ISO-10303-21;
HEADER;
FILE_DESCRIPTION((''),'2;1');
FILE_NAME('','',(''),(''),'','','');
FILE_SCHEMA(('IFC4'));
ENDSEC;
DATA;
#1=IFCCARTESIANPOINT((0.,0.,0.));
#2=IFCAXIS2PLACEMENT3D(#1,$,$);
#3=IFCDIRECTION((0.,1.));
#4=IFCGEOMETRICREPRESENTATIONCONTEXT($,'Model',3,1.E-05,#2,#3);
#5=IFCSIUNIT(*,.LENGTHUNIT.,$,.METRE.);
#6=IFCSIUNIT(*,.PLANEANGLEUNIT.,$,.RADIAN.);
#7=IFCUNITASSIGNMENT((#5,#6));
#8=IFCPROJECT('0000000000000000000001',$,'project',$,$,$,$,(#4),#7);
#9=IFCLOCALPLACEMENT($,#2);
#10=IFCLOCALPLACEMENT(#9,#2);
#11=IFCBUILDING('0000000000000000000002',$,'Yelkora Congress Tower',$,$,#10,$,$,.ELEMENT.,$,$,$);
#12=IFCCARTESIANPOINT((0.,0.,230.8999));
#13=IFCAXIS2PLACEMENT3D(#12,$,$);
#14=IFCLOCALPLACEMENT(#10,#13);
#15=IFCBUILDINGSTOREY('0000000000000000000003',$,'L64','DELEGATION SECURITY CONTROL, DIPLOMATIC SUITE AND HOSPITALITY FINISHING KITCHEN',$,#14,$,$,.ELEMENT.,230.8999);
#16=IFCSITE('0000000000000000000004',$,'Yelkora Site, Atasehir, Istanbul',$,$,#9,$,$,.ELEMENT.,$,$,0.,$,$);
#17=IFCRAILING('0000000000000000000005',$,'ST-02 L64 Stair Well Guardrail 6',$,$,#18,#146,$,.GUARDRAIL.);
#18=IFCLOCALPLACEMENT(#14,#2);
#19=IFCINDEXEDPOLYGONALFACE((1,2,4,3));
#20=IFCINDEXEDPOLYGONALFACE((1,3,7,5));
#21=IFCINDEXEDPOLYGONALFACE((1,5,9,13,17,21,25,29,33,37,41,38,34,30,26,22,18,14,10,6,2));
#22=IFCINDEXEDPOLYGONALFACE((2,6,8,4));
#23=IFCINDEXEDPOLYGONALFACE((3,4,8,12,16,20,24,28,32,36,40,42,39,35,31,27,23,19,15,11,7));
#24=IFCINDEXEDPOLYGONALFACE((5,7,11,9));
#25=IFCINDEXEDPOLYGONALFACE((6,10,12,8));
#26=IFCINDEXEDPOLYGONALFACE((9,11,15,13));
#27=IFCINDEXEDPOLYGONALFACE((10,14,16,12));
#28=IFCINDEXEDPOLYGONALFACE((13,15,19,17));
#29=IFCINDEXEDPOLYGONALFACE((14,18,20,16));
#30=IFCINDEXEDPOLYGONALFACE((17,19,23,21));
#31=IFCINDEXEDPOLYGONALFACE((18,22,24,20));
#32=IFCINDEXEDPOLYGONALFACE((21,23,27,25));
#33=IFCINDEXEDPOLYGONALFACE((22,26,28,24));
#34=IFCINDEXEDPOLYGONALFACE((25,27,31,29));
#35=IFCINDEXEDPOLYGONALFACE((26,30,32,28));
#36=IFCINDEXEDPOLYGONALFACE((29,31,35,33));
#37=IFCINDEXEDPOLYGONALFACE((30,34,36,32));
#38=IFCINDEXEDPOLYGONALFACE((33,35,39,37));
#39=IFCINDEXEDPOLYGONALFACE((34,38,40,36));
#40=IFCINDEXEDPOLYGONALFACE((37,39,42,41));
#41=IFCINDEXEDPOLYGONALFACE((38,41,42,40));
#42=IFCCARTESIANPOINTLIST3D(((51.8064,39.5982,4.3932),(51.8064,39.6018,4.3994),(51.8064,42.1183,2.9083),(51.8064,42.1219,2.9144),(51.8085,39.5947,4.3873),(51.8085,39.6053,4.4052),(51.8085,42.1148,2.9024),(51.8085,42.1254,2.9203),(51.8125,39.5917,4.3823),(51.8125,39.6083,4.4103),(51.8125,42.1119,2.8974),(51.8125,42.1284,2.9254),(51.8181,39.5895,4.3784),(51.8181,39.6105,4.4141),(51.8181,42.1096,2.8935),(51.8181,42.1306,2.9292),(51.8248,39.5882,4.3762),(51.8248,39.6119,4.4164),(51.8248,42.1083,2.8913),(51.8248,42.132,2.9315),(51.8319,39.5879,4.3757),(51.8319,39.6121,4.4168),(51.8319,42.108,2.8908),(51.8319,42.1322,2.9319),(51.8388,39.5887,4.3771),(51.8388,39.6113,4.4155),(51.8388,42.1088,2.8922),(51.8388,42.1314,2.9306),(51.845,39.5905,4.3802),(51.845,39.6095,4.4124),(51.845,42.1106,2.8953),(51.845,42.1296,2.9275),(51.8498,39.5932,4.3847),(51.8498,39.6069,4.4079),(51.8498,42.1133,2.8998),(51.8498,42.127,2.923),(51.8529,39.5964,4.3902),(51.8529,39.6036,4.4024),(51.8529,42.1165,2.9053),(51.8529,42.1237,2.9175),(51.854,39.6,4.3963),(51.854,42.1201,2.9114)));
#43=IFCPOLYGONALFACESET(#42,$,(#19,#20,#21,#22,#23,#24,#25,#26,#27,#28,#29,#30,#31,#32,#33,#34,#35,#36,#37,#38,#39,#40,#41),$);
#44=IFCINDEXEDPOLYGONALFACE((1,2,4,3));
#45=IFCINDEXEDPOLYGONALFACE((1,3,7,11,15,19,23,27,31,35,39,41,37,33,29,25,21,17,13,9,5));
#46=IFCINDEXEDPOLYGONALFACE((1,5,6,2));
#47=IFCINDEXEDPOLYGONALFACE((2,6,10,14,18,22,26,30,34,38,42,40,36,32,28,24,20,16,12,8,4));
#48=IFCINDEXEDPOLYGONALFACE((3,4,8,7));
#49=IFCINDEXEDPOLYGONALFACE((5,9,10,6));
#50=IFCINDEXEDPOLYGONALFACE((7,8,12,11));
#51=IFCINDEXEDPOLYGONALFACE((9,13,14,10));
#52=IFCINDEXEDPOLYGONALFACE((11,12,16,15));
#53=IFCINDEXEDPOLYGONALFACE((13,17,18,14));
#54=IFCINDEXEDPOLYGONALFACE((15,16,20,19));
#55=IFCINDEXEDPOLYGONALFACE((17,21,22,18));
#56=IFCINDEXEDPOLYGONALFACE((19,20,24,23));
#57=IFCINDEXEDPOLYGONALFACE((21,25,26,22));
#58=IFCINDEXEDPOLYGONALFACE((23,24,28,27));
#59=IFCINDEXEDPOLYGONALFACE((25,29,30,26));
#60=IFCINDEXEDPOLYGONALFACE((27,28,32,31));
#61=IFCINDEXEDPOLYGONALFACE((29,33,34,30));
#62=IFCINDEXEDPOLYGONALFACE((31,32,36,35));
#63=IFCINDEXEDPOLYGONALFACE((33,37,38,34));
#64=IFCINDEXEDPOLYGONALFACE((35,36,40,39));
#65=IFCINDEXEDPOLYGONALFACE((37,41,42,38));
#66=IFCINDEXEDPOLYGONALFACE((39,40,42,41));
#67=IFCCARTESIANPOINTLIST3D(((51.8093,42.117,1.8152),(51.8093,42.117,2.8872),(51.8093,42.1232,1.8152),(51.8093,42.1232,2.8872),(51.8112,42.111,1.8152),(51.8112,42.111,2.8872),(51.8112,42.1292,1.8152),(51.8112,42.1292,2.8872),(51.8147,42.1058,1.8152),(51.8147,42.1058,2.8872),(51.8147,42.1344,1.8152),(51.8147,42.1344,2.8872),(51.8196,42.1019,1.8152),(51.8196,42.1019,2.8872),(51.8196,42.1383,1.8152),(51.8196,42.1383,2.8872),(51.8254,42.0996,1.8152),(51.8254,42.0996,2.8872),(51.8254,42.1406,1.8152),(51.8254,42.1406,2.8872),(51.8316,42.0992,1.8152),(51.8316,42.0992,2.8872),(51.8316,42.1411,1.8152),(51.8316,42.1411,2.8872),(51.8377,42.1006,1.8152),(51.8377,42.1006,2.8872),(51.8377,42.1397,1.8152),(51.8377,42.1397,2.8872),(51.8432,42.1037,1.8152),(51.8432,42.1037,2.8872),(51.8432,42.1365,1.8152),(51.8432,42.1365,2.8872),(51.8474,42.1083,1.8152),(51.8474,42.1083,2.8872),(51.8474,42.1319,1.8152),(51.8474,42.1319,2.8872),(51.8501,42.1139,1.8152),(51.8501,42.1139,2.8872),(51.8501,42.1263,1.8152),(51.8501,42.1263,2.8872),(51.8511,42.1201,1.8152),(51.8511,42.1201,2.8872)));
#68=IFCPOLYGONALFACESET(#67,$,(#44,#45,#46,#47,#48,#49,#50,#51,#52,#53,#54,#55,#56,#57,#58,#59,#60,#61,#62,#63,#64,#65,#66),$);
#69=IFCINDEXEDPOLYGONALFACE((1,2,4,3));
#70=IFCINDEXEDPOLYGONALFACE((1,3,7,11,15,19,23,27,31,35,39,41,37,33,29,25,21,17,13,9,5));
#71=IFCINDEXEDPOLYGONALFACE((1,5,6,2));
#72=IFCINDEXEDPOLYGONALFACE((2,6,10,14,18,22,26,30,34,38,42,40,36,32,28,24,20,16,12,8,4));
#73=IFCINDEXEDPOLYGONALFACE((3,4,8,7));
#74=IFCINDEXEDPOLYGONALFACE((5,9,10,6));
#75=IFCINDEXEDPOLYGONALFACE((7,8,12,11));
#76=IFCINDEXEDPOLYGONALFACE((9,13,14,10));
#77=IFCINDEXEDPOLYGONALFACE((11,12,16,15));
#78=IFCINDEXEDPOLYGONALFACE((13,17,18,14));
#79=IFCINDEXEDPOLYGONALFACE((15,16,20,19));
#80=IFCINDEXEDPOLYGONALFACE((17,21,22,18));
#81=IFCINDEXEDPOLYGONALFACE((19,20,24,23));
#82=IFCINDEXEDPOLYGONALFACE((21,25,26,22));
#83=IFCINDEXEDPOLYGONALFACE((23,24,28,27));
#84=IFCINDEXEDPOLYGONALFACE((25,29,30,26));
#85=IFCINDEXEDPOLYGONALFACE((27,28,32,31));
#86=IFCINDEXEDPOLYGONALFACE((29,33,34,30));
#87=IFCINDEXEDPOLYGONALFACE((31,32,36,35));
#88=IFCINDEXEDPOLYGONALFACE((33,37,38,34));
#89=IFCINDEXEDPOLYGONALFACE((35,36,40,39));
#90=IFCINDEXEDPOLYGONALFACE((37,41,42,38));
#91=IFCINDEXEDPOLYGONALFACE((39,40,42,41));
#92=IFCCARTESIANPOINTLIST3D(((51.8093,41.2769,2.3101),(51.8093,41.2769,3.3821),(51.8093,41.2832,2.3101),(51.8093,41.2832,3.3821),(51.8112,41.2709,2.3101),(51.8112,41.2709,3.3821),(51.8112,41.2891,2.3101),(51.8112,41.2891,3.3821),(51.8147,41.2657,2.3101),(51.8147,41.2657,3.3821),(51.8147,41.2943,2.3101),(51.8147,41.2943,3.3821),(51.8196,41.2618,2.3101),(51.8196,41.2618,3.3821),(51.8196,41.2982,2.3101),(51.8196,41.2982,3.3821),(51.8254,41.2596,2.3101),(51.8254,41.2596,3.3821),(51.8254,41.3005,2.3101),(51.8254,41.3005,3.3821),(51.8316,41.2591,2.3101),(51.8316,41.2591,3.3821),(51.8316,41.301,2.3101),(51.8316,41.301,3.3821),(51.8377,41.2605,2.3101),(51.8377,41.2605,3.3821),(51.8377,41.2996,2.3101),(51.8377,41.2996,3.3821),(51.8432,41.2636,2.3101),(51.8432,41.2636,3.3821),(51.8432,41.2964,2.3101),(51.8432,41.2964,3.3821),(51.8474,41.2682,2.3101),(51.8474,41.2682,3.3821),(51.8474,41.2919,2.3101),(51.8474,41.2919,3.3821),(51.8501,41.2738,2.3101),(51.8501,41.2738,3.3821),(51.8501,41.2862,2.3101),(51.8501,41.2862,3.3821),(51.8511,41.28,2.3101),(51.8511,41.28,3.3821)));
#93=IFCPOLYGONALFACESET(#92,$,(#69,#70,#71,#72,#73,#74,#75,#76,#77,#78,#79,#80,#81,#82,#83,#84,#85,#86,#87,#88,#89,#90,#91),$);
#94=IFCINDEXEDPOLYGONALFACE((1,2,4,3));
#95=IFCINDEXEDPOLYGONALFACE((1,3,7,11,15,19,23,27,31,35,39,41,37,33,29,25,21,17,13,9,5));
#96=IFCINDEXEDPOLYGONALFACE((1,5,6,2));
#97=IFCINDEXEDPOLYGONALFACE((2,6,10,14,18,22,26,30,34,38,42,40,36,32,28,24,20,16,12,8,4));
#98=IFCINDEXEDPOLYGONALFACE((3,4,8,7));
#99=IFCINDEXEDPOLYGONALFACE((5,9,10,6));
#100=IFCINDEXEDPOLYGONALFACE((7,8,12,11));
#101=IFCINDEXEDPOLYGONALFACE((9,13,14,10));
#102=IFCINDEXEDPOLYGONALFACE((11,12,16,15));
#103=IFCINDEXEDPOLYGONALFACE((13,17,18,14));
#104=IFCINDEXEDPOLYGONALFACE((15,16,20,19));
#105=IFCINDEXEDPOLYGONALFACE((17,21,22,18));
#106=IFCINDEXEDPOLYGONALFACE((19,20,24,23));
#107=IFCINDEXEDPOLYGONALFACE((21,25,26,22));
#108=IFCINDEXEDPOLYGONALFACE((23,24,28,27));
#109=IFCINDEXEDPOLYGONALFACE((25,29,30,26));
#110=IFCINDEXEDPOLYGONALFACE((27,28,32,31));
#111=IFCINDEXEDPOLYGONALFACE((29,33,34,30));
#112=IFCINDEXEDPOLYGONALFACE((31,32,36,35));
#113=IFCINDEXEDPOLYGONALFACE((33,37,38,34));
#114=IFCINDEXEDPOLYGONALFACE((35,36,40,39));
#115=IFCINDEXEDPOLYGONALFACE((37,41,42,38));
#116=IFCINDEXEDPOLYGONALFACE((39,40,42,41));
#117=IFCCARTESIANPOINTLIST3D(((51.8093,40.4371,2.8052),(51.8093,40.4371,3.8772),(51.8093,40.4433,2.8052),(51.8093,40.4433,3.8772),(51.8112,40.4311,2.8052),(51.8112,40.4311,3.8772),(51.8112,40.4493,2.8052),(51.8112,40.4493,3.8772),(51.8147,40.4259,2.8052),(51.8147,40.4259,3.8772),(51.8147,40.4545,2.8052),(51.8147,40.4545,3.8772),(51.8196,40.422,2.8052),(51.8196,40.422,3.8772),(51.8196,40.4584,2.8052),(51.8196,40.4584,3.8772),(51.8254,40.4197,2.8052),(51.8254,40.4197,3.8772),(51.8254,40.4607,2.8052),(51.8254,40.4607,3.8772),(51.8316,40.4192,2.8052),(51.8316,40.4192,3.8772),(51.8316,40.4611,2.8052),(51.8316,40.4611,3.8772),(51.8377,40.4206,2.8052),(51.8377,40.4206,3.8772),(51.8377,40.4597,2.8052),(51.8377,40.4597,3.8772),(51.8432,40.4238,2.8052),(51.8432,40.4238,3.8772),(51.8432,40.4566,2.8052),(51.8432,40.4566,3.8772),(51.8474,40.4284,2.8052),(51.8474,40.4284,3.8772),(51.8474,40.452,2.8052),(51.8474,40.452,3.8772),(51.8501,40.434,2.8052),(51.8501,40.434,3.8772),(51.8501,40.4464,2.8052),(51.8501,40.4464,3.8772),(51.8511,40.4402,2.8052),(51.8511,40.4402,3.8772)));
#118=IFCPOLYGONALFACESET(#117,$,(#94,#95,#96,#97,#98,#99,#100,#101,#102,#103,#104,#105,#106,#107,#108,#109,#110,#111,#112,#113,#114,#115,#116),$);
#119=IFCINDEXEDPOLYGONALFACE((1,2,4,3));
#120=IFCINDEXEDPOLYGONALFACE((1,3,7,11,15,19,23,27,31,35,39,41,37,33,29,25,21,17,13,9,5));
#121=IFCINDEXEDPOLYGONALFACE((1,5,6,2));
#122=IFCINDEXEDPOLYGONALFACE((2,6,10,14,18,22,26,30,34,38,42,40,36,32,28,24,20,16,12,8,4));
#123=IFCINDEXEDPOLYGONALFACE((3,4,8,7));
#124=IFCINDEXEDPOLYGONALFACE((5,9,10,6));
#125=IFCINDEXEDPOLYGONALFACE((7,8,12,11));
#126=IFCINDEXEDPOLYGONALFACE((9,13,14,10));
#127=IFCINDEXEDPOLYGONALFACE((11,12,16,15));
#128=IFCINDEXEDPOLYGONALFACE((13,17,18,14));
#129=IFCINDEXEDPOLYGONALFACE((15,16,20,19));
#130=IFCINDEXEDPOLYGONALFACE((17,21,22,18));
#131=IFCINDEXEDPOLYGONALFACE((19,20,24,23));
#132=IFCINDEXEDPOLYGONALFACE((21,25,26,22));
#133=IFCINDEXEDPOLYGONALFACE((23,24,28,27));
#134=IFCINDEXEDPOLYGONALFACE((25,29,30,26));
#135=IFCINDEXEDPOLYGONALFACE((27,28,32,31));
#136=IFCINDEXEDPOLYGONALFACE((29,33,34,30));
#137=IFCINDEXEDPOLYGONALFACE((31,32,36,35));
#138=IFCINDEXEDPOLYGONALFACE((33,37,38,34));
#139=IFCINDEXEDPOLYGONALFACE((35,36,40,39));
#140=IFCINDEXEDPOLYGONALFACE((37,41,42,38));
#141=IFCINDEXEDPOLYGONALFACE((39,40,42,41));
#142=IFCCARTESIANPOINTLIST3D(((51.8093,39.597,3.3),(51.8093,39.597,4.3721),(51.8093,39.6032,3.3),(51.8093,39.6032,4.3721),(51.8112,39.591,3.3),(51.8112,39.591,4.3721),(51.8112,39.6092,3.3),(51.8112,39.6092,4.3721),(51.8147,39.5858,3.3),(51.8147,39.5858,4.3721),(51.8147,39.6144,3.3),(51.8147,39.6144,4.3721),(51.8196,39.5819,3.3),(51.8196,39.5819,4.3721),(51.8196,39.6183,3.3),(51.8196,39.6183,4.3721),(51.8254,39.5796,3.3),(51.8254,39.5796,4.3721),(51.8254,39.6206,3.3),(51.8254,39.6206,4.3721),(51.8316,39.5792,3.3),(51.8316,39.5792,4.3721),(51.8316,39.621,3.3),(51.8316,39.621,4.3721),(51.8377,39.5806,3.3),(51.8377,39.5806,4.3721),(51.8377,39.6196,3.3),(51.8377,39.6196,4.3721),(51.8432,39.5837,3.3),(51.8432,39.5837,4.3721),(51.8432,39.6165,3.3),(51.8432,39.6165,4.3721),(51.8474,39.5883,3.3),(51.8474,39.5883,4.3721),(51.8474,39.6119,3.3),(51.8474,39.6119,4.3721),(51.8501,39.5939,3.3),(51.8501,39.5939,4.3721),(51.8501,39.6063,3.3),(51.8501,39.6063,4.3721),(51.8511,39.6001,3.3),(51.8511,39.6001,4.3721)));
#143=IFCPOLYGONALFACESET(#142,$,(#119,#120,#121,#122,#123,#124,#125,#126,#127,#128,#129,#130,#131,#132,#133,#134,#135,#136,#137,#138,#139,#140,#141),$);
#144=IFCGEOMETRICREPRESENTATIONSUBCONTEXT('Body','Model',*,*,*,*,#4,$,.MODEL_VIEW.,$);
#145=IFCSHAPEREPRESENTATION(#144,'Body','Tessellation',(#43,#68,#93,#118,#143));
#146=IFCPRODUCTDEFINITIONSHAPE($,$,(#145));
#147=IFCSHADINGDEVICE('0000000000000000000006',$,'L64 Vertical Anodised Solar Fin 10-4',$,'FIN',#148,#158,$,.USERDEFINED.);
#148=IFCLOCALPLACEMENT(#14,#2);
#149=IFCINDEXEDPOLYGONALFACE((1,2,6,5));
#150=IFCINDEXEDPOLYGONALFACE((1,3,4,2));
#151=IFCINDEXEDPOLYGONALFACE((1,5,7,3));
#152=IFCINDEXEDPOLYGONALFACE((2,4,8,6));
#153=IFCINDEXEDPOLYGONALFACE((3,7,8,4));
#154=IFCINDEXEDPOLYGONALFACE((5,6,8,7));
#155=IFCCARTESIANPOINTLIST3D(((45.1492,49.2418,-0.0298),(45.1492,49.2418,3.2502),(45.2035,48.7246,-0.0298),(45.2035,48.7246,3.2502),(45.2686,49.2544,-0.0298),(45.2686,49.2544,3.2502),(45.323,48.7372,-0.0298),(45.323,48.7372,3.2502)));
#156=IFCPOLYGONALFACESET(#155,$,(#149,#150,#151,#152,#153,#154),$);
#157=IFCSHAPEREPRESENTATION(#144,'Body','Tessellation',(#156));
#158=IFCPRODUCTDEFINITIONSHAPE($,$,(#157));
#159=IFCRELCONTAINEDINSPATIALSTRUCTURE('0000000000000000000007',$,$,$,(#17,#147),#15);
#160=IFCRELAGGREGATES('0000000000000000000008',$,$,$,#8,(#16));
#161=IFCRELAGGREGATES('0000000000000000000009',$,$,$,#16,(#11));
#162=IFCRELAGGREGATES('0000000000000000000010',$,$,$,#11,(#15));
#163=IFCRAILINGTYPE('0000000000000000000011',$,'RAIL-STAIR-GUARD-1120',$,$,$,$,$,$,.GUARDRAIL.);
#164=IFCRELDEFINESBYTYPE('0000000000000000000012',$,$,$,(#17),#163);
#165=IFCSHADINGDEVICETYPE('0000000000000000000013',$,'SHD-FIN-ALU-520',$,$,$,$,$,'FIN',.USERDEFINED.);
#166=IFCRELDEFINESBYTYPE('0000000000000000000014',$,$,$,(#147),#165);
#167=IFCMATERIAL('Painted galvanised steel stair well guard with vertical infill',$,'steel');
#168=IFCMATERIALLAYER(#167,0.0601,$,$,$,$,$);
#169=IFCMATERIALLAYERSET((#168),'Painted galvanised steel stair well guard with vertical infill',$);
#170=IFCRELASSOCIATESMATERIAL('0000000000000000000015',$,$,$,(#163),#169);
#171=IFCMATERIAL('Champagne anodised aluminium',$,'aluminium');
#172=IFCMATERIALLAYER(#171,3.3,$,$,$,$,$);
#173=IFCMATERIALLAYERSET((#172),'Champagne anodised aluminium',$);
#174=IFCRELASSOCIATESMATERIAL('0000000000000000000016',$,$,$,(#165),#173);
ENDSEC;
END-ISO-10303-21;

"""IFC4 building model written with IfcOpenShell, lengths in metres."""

from ifc_helpers import new_model, si_unit, direction, frame, origin, origin_2d, place, context, subcontext, project, spatial, rectangle, circle, extrude, material, layer, layer_set, type_object, element, save


model = new_model("IFC4")

# Units and contexts
model_context = context("Model", 3, precision=1e-05, world=origin(), true_north=direction((0.0, 1.0)))
body_context = subcontext(model_context, "Body", "Model", "MODEL_VIEW")
ifc_project = project(units=[si_unit("LENGTHUNIT", "METRE"), si_unit("PLANEANGLEUNIT", "RADIAN")], contexts=[model_context])

# Site, building, storey
site_placement = place(None, origin())
site = spatial("IfcSite", under=ifc_project, at=site_placement, Name="Yelkora Site, Atasehir, Istanbul", CompositionType="ELEMENT", RefElevation=0.0)
building_placement = place(site_placement, origin())
building = spatial("IfcBuilding", under=site, at=building_placement, Name="Yelkora Congress Tower", CompositionType="ELEMENT")
storey_placement = place(building_placement, frame((0.0, 0.0, 230.8999)))
storey = spatial("IfcBuildingStorey", under=building, at=storey_placement, Name="L64", Description="DELEGATION SECURITY CONTROL, DIPLOMATIC SUITE AND HOSPITALITY FINISHING KITCHEN", CompositionType="ELEMENT", Elevation=230.8999)

# Railing
ifc_material_1 = material(Name="Painted galvanised steel stair well guard with vertical infill", Category="steel")
ifc_layer_1 = layer(ifc_material_1, 0.0601)
ifc_layer_set_1 = layer_set([ifc_layer_1], Name="Painted galvanised steel stair well guard with vertical infill")
railing_type = type_object("IfcRailingType", Name="RAIL-STAIR-GUARD-1120", PredefinedType="GUARDRAIL", material=ifc_layer_set_1)
railing_1_placement = place(storey_placement, frame((51.8301, 42.1201, 1.8152)))
element("IfcRailing", 1, at=railing_1_placement, inside=storey, type_object=railing_type, Name="ST-02 L64 Stair Well Guardrail 6", PredefinedType="GUARDRAIL", context=body_context, shape_type="SweptSolid", body=[
    extrude(circle(Radius=0.0239, at=origin_2d()), frame((0.0, 0.0, 1.0962), z_axis=(0.0, -0.861561, 0.507655), x_axis=(1.0, 0.0, 0.0)), (0.0, 0.0, 1.0), 2.925),
    extrude(circle(Radius=0.021, at=origin_2d()), origin(), (0.0, 0.0, 1.0), 1.072),
    extrude(circle(Radius=0.021, at=origin_2d()), frame((0.0, -0.8401, 0.4949)), (0.0, 0.0, 1.0), 1.072),
    extrude(circle(Radius=0.021, at=origin_2d()), frame((0.0, -1.6799, 0.99)), (0.0, 0.0, 1.0), 1.072),
    extrude(circle(Radius=0.021, at=origin_2d()), frame((0.0, -2.52, 1.4849)), (0.0, 0.0, 1.0), 1.072),
])

# Shading device
ifc_material_2 = material(Name="Champagne anodised aluminium", Category="aluminium")
ifc_layer_2 = layer(ifc_material_2, 3.3)
ifc_layer_set_2 = layer_set([ifc_layer_2], Name="Champagne anodised aluminium")
shading_device_type = type_object("IfcShadingDeviceType", Name="SHD-FIN-ALU-520", ElementType="FIN", PredefinedType="USERDEFINED", material=ifc_layer_set_2)
shading_device_placement = place(storey_placement, frame((45.2361, 48.9895, -0.0298), z_axis=(0.0, 0.0, 1.0), x_axis=(0.994522, 0.104528, 0.0)))
element("IfcShadingDevice", 2, at=shading_device_placement, inside=storey, type_object=shading_device_type, Name="L64 Vertical Anodised Solar Fin 10-4", ObjectType="FIN", PredefinedType="USERDEFINED", context=body_context, shape_type="SweptSolid", body=[
    extrude(rectangle(XDim=0.1201, YDim=0.52, at=origin_2d()), origin(), (0.0, 0.0, 1.0), 3.28),
])

save(model, "model.ifc")
